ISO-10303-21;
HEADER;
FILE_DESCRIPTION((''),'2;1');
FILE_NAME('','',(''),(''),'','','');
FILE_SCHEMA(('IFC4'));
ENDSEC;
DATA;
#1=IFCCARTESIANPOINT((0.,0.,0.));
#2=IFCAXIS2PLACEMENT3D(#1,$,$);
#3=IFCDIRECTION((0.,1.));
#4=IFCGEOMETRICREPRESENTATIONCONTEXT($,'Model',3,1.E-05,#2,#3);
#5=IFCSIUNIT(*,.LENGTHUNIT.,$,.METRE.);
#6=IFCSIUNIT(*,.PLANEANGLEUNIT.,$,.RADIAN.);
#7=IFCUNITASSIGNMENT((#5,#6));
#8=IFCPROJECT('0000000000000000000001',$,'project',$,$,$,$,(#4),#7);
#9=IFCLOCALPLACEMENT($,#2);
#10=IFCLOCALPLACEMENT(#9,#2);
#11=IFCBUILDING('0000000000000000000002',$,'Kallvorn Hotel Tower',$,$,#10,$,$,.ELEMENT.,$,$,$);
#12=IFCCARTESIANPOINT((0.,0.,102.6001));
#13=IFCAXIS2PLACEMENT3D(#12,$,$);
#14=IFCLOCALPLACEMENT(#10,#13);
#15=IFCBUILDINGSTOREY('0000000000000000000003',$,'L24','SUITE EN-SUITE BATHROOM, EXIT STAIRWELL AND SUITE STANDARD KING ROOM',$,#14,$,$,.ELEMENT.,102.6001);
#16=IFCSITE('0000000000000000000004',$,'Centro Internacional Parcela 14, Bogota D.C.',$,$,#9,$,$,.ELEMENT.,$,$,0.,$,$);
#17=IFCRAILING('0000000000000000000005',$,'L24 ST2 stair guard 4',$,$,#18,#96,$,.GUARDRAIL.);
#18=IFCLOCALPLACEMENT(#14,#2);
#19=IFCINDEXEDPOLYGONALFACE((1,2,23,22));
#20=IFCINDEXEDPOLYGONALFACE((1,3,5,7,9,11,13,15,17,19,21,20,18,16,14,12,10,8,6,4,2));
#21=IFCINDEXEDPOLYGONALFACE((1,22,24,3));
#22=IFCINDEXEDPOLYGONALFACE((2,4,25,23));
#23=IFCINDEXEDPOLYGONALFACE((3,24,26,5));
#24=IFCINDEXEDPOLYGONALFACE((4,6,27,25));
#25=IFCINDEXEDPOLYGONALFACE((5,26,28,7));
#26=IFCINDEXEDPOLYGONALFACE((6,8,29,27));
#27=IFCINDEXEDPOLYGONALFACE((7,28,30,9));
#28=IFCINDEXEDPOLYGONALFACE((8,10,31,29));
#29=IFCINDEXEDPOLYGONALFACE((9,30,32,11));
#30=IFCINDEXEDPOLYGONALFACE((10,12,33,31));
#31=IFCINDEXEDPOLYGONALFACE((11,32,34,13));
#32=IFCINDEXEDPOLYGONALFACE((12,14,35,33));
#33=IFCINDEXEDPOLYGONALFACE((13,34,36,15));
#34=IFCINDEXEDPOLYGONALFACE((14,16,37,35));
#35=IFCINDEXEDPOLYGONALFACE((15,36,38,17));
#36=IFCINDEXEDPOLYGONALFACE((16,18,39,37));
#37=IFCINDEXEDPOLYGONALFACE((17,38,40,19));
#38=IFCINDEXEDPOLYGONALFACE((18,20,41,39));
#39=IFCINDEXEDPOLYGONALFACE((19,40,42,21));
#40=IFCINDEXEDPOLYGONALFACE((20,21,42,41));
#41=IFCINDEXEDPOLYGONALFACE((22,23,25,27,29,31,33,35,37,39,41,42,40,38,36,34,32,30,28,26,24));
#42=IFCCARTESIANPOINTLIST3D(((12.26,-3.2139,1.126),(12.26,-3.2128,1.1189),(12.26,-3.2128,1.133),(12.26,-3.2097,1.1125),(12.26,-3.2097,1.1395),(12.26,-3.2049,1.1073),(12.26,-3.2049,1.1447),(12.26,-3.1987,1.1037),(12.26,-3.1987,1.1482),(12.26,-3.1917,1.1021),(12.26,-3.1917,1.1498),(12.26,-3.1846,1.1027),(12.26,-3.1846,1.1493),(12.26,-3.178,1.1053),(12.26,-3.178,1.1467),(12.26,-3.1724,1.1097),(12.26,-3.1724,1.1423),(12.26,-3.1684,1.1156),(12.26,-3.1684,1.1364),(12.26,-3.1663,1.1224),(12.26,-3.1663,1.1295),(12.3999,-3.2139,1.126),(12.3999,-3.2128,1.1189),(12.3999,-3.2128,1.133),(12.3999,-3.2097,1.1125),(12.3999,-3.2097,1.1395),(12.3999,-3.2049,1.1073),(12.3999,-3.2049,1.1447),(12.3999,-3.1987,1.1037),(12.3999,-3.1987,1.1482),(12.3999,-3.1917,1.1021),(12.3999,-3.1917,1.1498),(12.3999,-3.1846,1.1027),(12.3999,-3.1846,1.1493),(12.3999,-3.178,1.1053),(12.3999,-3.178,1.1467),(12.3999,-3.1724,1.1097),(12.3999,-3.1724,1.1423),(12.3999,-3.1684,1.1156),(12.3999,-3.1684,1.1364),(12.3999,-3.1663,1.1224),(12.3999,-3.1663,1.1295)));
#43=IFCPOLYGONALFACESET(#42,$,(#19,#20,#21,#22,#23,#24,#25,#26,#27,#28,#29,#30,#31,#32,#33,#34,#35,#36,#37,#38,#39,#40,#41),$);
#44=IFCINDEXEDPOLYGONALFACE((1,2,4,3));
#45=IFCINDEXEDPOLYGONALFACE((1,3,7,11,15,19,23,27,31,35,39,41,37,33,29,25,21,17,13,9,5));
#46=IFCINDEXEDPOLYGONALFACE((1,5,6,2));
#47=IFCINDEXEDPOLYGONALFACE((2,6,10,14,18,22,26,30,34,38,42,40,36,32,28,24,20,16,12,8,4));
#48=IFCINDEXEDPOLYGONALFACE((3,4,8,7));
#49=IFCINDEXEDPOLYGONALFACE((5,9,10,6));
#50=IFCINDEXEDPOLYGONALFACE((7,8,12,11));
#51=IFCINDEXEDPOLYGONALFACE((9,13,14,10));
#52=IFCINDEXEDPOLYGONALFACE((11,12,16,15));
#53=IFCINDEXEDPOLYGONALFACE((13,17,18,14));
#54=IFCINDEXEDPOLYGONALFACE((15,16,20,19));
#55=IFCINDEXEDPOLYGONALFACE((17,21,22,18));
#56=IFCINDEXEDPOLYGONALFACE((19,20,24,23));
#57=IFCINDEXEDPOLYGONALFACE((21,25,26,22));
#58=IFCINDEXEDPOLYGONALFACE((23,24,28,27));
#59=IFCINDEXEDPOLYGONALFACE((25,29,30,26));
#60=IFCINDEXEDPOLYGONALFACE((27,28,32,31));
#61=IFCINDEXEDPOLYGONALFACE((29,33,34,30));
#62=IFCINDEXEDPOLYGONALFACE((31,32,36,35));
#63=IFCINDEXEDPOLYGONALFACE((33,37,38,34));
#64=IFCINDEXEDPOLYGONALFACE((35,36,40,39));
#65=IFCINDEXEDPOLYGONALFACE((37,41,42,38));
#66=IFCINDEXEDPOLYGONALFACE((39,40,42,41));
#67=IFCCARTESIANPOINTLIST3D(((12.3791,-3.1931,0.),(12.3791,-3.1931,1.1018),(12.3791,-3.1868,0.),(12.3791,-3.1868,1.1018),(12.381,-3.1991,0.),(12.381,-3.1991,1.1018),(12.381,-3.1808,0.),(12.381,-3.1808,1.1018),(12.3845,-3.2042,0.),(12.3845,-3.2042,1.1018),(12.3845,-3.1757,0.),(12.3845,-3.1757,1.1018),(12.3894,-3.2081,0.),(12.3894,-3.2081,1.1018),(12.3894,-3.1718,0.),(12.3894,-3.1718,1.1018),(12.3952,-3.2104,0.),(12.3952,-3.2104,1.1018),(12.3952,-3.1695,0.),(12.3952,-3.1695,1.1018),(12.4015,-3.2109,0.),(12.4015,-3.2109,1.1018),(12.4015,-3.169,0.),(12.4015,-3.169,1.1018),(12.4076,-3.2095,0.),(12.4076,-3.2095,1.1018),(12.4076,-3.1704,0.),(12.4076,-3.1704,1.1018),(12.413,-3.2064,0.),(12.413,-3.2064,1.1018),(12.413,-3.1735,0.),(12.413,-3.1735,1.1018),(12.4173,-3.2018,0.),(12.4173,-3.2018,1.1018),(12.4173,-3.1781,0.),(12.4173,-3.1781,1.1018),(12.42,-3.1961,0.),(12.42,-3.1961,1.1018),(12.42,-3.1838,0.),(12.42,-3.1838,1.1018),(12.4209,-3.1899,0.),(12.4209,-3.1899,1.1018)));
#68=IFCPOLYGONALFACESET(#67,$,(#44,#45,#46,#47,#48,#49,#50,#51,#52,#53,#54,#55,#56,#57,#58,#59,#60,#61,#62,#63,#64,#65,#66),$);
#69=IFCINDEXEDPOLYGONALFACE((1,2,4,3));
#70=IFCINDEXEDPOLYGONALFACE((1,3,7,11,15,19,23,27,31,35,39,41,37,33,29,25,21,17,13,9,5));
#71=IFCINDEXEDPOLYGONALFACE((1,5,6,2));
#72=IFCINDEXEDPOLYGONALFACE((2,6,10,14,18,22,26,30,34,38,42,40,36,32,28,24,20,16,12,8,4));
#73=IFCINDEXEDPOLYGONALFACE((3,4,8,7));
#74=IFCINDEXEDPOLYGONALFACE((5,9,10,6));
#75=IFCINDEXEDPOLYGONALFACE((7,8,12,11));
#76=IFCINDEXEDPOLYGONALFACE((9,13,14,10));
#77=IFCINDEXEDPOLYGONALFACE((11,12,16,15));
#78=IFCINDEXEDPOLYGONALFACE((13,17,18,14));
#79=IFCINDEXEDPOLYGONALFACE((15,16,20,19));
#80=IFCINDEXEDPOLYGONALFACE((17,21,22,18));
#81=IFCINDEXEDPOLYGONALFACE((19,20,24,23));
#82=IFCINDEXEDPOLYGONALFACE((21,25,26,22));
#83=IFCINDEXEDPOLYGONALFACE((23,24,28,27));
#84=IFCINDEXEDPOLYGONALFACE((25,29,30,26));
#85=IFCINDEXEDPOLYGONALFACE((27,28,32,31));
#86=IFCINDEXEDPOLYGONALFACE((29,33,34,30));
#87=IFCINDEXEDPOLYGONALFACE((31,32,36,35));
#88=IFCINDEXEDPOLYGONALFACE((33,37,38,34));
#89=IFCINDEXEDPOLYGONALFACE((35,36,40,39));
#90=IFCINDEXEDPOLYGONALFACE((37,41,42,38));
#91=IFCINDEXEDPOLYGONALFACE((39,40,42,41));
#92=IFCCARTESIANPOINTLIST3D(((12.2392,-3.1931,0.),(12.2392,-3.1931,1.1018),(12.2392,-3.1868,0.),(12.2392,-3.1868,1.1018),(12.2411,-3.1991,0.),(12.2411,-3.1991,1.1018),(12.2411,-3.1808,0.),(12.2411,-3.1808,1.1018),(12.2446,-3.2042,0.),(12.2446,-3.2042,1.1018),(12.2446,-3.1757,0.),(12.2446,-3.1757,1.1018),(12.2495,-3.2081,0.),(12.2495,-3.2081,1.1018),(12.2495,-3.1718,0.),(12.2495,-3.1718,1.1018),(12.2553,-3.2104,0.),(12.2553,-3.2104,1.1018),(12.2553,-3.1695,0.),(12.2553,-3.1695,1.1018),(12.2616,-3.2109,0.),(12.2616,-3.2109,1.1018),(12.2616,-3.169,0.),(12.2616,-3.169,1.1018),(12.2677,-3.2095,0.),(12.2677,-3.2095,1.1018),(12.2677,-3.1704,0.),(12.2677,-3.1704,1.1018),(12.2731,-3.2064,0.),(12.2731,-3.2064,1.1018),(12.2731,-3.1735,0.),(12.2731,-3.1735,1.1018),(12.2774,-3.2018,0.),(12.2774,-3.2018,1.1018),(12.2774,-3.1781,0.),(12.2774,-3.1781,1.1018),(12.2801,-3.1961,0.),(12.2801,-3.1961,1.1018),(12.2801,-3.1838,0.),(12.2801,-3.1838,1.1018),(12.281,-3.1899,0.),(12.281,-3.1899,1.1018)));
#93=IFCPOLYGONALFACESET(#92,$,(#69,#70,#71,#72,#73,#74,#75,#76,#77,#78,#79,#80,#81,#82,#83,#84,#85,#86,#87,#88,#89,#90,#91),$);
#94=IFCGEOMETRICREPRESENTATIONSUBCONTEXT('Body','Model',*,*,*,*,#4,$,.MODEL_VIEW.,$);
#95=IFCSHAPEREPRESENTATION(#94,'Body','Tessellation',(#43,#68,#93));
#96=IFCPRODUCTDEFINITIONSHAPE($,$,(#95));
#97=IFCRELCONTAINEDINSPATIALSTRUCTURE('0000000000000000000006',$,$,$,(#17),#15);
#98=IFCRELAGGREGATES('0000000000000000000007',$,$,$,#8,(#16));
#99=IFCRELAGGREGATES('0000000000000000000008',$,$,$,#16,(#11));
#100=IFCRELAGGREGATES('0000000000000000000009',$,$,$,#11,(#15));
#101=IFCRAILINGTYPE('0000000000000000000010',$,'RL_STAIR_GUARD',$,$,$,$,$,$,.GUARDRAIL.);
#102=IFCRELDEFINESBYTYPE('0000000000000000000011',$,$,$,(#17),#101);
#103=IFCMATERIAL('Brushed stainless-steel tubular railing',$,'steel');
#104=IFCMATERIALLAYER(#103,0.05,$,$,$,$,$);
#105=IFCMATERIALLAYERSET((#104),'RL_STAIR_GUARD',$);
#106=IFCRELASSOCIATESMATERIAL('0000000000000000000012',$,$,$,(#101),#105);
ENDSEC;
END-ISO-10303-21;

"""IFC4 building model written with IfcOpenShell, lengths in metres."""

from ifc_helpers import new_model, si_unit, direction, frame, origin, origin_2d, place, context, subcontext, project, spatial, circle, extrude, material, layer, layer_set, type_object, element, save


model = new_model("IFC4")

# Units and contexts
model_context = context("Model", 3, precision=1e-05, world=origin(), true_north=direction((0.0, 1.0)))
body_context = subcontext(model_context, "Body", "Model", "MODEL_VIEW")
ifc_project = project(units=[si_unit("LENGTHUNIT", "METRE"), si_unit("PLANEANGLEUNIT", "RADIAN")], contexts=[model_context])

# Site, building, storey
site_placement = place(None, origin())
site = spatial("IfcSite", under=ifc_project, at=site_placement, Name="Centro Internacional Parcela 14, Bogota D.C.", CompositionType="ELEMENT", RefElevation=0.0)
building_placement = place(site_placement, origin())
building = spatial("IfcBuilding", under=site, at=building_placement, Name="Kallvorn Hotel Tower", CompositionType="ELEMENT")
storey_placement = place(building_placement, frame((0.0, 0.0, 102.6001)))
storey = spatial("IfcBuildingStorey", under=building, at=storey_placement, Name="L24", Description="SUITE EN-SUITE BATHROOM, EXIT STAIRWELL AND SUITE STANDARD KING ROOM", CompositionType="ELEMENT", Elevation=102.6001)

# Railing
ifc_material_1 = material(Name="Brushed stainless-steel tubular railing", Category="steel")
ifc_layer_1 = layer(ifc_material_1, 0.05)
ifc_layer_set_1 = layer_set([ifc_layer_1], Name="RL_STAIR_GUARD")
railing_type_1 = type_object("IfcRailingType", Name="RL_STAIR_GUARD", PredefinedType="GUARDRAIL", material=ifc_layer_set_1)
railing_1_placement = place(storey_placement, frame((12.3999, -3.1899, 0.0)))
element("IfcRailing", 1, at=railing_1_placement, inside=storey, type_object=railing_type_1, Name="L24 ST2 stair guard 4", PredefinedType="GUARDRAIL", context=body_context, shape_type="SweptSolid", body=[
    extrude(circle(Radius=0.0239, at=origin_2d()), frame((0.0, 0.0, 1.126), z_axis=(-1.0, 0.0, 0.0), x_axis=(0.0, -1.0, 0.0)), (0.0, 0.0, 1.0), 0.1399),
    extrude(circle(Radius=0.021, at=origin_2d()), origin(), (0.0, 0.0, 1.0), 1.1018),
    extrude(circle(Radius=0.021, at=origin_2d()), frame((-0.1399, 0.0, 0.0)), (0.0, 0.0, 1.0), 1.1018),
])

save(model, "model.ifc")
